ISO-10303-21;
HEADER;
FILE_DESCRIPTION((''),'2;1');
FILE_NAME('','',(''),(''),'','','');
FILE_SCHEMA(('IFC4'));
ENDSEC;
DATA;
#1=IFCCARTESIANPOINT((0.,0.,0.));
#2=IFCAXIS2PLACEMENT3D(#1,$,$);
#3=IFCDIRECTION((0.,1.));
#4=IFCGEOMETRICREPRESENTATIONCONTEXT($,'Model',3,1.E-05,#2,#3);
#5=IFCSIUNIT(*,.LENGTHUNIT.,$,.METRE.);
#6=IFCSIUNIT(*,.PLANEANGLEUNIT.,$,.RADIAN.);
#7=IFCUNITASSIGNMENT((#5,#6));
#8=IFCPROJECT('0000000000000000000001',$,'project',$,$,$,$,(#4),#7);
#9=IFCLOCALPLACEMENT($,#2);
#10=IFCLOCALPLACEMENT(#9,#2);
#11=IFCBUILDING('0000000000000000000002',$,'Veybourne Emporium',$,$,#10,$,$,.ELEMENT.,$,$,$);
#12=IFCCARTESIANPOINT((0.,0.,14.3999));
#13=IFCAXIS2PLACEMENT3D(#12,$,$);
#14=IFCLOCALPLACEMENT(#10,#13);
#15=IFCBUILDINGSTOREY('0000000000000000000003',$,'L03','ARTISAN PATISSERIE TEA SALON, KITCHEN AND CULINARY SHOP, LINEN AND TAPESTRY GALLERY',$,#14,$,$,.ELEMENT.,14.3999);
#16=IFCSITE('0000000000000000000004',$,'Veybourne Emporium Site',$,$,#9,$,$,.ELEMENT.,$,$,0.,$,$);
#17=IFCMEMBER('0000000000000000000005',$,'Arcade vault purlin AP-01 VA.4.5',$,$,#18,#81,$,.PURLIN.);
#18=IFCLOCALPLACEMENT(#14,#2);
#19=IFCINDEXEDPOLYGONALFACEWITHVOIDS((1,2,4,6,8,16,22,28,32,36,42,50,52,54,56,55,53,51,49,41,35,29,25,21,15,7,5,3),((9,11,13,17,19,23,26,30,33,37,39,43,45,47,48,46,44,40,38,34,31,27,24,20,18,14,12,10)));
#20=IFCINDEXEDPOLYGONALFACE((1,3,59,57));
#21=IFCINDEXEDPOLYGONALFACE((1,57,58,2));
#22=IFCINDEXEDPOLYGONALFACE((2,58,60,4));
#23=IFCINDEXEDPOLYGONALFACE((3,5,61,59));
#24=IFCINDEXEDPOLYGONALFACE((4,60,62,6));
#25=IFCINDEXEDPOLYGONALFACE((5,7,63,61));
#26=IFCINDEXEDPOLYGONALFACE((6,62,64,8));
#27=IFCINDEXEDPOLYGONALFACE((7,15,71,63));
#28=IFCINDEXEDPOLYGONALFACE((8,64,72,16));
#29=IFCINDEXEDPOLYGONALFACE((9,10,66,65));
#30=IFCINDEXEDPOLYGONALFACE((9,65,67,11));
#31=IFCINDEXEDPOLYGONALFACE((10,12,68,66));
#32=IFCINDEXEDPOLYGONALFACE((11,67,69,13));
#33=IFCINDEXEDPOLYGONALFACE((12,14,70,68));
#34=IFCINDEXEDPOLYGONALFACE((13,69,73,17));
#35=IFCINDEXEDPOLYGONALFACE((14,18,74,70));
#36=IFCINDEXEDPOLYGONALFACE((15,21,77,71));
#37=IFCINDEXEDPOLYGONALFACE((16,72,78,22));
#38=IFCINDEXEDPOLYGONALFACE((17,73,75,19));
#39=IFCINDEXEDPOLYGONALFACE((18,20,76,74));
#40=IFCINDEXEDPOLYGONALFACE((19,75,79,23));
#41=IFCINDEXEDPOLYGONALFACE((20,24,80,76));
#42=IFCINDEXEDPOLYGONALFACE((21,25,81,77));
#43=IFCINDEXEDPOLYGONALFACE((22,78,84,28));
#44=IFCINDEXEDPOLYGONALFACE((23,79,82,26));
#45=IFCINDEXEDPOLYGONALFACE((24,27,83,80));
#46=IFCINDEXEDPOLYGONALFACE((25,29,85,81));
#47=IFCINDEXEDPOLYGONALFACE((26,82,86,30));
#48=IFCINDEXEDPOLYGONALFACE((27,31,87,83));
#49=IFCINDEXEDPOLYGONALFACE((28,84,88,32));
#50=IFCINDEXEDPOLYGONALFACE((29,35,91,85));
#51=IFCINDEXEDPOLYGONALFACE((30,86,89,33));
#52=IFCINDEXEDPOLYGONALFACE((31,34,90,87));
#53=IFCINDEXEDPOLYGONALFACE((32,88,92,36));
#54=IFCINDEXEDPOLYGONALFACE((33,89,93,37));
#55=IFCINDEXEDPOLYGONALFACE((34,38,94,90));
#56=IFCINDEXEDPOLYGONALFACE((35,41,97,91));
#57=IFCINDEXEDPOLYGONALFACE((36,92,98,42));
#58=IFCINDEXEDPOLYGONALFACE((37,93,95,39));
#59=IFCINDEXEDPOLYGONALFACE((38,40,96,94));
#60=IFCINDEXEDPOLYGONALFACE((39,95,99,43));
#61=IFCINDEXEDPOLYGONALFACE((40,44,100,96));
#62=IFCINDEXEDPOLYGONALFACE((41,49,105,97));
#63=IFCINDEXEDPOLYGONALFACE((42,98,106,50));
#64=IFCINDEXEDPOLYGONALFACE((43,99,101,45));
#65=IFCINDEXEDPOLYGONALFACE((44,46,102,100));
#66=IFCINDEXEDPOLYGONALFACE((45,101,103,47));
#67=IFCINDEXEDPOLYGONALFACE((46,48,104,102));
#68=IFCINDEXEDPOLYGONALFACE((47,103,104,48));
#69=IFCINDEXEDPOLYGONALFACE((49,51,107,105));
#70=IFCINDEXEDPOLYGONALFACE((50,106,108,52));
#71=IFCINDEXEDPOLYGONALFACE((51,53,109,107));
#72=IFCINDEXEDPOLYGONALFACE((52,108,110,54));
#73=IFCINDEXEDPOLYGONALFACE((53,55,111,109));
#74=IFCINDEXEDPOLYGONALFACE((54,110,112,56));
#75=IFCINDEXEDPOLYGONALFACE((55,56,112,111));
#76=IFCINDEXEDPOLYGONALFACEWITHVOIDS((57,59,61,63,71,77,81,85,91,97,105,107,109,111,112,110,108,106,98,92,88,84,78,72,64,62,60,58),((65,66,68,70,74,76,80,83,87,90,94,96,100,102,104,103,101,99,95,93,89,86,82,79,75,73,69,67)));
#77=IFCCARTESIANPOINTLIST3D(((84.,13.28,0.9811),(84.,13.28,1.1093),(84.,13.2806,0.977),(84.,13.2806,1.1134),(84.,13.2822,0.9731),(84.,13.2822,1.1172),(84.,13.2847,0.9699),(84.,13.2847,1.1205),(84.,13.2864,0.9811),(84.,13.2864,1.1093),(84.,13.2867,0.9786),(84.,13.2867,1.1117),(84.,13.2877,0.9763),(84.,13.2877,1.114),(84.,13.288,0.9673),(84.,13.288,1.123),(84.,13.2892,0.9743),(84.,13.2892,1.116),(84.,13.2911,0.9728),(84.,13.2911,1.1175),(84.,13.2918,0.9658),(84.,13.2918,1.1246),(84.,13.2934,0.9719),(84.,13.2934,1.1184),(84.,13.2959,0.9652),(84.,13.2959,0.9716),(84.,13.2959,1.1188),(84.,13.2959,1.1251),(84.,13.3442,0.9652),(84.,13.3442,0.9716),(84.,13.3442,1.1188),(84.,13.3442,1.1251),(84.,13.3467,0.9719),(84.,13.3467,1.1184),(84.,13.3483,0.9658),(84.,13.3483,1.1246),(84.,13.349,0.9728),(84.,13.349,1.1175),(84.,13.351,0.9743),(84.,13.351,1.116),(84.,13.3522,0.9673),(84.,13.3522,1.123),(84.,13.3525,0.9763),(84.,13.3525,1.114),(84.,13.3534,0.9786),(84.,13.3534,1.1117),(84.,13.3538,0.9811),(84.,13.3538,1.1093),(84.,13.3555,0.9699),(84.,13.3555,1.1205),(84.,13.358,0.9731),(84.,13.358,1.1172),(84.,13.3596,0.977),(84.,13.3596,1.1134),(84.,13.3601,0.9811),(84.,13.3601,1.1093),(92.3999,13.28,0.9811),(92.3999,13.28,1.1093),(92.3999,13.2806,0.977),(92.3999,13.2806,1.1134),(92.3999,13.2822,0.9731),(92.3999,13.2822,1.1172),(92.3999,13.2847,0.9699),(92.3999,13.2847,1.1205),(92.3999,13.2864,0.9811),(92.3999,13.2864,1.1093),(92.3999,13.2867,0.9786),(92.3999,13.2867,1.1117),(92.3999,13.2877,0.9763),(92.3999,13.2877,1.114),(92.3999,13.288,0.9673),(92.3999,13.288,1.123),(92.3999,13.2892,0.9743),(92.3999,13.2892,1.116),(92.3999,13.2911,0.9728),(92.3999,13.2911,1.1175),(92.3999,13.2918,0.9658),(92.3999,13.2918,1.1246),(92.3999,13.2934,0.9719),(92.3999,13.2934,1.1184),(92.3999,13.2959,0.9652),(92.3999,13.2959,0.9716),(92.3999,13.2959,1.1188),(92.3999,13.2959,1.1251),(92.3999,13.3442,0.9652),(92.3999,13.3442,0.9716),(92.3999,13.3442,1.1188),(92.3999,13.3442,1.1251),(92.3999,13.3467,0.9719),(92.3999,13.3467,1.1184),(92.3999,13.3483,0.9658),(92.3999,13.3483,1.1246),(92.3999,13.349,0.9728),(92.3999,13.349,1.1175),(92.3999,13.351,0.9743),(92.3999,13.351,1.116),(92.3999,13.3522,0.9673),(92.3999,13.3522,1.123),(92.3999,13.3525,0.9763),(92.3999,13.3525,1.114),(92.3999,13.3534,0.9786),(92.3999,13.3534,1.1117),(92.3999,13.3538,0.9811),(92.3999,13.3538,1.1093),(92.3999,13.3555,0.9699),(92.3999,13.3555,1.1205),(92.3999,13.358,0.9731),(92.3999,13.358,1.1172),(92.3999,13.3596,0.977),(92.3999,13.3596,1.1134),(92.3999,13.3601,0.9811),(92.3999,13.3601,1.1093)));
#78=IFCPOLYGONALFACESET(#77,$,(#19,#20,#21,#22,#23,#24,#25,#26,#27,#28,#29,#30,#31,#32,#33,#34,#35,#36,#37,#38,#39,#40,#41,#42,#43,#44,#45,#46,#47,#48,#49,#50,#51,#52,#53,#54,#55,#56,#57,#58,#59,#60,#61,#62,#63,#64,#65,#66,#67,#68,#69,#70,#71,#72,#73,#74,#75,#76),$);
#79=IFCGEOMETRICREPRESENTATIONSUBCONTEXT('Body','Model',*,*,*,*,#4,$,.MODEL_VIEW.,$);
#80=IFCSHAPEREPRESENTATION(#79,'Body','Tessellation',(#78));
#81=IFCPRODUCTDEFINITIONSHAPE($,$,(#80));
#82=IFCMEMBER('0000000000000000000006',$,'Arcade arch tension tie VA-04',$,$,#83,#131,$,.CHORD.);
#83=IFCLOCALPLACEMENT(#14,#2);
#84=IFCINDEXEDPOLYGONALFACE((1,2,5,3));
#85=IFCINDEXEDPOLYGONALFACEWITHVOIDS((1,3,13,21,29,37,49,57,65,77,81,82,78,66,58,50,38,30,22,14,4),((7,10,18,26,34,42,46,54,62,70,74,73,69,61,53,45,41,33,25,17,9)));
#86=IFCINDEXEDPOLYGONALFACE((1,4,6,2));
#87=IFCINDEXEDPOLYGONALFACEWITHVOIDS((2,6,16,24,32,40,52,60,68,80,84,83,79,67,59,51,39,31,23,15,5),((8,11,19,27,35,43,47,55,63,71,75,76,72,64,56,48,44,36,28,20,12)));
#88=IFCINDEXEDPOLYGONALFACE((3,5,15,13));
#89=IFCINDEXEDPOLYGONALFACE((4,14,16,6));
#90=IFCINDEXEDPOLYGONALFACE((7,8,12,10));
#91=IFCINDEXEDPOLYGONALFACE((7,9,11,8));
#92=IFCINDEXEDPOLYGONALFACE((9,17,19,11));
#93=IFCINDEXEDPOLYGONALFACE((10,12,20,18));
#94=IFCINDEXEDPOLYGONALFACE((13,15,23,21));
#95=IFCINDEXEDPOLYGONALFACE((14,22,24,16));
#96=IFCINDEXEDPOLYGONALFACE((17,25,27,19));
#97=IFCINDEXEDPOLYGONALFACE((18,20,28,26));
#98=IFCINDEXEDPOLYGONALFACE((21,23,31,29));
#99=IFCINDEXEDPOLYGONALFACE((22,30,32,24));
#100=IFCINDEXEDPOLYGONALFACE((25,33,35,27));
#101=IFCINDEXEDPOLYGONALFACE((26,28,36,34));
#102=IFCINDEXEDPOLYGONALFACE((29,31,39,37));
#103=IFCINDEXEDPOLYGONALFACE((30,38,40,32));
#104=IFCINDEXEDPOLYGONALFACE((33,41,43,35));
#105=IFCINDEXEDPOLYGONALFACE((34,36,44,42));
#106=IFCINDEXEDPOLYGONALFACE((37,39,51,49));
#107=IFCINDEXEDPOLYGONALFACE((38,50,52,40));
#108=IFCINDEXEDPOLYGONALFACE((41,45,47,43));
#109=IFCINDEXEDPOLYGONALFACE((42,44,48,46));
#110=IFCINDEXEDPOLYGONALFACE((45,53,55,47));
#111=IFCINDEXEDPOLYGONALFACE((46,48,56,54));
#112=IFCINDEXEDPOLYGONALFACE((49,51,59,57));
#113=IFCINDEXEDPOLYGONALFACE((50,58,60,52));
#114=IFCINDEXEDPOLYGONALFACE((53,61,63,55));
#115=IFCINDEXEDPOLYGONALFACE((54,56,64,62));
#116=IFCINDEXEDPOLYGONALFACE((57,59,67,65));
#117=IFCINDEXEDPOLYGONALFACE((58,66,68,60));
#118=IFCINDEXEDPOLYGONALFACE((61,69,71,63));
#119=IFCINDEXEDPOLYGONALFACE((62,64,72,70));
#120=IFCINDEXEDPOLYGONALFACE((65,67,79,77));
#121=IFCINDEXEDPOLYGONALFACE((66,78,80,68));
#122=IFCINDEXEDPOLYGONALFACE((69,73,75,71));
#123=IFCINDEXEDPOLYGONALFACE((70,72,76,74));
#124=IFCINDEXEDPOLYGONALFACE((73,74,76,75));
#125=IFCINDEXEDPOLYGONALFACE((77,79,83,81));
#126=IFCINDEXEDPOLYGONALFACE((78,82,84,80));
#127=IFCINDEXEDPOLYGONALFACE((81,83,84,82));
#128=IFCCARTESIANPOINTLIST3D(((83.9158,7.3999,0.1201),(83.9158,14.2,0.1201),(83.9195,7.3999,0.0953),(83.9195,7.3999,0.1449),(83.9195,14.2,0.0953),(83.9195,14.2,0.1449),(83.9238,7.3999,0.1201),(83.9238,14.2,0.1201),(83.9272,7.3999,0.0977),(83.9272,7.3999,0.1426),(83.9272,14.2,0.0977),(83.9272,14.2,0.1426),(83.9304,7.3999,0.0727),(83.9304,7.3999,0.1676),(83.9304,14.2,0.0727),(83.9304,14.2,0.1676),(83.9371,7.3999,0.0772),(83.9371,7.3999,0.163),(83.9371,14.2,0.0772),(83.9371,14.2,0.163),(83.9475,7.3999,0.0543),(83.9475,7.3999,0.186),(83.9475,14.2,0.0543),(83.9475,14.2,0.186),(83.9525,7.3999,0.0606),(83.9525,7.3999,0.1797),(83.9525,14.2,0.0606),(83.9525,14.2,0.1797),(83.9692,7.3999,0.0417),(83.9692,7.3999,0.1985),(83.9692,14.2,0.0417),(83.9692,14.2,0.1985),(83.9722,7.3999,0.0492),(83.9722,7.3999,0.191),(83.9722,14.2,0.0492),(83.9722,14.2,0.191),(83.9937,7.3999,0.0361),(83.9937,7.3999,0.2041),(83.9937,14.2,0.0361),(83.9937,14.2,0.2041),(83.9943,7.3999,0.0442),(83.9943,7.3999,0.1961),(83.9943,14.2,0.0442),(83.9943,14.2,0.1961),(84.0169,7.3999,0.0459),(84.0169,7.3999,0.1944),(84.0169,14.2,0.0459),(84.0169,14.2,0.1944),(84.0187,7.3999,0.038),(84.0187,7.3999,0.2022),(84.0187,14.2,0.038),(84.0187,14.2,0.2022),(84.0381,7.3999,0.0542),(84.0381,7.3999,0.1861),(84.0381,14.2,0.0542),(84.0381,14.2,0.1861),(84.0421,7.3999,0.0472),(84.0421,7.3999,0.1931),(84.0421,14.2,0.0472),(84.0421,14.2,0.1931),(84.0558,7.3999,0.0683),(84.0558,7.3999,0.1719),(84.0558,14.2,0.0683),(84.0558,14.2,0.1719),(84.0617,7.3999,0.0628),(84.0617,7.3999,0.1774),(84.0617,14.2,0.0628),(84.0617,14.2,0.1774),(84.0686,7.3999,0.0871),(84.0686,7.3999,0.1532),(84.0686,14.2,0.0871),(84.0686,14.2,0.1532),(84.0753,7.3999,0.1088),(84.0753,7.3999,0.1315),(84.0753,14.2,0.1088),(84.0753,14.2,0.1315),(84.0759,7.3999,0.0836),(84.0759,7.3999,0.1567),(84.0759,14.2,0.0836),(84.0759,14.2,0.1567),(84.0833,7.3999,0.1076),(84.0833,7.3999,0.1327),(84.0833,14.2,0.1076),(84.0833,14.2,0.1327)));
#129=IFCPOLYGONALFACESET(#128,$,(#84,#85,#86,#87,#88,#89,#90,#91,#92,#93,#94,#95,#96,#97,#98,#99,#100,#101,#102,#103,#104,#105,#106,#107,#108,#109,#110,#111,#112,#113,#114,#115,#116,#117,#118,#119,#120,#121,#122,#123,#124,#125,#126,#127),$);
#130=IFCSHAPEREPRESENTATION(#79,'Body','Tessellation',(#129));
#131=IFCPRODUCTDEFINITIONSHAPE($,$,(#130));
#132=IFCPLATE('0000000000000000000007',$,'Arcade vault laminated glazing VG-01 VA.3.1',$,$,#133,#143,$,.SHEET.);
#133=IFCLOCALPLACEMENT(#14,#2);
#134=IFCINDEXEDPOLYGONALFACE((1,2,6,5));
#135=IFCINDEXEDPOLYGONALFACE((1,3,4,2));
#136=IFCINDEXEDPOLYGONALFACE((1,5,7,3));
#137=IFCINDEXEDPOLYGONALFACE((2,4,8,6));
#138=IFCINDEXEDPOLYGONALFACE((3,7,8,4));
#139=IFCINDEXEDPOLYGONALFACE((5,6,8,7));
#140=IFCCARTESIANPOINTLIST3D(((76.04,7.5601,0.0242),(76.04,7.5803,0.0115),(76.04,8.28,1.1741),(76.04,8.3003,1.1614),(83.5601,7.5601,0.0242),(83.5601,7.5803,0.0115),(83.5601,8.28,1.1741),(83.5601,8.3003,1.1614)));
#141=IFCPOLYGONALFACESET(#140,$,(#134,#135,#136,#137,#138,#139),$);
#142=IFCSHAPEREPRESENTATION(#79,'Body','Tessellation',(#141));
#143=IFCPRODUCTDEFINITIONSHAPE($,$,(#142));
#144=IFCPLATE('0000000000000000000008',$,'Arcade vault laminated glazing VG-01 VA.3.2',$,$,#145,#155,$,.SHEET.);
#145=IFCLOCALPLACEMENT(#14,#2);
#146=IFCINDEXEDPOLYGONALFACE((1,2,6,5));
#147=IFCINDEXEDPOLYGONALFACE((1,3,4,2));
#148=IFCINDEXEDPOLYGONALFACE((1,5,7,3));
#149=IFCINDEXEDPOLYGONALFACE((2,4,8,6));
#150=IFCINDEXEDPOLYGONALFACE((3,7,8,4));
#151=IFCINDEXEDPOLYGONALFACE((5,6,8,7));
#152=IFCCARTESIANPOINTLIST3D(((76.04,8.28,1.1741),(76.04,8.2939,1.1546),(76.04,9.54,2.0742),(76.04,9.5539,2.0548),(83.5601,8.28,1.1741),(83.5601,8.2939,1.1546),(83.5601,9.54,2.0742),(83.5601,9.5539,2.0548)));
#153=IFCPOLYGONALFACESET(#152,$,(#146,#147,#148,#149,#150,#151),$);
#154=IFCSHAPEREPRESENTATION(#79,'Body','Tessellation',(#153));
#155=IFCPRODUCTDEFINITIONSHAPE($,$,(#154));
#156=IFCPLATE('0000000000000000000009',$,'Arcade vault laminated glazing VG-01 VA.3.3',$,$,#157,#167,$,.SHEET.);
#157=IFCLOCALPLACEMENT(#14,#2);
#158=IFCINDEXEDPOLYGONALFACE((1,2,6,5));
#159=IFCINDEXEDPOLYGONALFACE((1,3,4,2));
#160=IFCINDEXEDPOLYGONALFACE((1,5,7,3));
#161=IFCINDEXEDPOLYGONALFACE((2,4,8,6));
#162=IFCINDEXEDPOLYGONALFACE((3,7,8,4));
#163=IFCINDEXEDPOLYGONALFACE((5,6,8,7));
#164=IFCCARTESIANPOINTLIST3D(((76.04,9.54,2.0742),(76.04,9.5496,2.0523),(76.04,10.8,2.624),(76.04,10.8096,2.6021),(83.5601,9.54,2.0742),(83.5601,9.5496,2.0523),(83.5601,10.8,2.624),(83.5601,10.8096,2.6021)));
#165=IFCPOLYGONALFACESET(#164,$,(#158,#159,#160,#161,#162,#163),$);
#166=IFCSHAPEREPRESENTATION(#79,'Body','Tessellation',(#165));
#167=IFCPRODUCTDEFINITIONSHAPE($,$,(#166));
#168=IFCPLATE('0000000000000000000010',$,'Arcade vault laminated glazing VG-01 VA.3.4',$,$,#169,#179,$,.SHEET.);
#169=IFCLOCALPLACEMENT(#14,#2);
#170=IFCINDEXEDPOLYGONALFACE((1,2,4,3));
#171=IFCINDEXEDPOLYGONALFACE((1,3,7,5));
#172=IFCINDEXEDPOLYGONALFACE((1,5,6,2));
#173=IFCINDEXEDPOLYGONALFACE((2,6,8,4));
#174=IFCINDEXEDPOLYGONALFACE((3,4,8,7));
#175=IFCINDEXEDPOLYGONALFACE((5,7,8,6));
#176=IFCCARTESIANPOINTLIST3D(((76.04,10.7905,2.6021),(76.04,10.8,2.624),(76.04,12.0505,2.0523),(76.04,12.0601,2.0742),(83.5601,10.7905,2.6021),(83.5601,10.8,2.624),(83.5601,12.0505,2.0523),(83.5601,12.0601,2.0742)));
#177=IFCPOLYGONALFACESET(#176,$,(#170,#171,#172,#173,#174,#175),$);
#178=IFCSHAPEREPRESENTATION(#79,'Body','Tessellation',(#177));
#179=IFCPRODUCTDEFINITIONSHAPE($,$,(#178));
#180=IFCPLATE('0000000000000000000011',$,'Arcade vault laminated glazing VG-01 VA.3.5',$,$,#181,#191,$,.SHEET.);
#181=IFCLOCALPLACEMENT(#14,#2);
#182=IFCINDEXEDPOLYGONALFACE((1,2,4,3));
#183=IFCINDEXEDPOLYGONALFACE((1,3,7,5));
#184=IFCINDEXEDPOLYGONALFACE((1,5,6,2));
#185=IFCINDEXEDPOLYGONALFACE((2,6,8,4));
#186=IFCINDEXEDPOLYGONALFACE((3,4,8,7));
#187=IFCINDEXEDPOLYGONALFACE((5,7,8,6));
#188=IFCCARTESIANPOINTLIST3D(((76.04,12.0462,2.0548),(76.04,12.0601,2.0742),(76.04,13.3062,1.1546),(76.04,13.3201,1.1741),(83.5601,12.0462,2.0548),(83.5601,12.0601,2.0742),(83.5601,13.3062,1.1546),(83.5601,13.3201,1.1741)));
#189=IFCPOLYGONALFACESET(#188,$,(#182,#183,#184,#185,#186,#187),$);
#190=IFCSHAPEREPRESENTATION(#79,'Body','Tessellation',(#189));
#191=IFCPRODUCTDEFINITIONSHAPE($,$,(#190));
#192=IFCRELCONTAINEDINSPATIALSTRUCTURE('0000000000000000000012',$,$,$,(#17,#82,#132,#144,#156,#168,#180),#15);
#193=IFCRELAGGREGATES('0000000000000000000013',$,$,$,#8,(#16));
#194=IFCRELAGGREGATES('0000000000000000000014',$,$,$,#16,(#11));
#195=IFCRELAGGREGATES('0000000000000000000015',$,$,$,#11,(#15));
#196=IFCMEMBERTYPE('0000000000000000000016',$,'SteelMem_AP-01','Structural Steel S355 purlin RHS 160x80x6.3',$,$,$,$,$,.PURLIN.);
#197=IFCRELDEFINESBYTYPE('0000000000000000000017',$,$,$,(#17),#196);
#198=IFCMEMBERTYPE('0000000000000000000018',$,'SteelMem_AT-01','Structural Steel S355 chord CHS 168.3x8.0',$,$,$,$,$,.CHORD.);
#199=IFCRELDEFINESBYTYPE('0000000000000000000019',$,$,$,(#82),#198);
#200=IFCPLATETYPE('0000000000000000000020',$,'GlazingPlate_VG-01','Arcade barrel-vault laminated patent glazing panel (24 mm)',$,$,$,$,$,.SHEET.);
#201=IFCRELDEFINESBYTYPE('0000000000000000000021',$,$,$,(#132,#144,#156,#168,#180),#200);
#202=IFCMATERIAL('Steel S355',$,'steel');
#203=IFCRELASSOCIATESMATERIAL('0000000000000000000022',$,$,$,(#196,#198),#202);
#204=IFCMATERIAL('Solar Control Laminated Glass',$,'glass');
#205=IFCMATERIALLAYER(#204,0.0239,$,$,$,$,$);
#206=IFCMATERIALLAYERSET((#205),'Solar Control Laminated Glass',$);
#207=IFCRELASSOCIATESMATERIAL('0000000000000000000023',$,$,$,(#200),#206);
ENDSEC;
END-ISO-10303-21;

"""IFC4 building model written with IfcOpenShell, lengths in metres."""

from ifc_helpers import new_model, si_unit, direction, frame, origin, origin_2d, place, context, subcontext, project, spatial, polyline, hollow_rectangle, hollow_circle, outline, extrude, material, layer, layer_set, material_profile, profile_set, type_object, element, save


model = new_model("IFC4")

# Units and contexts
model_context = context("Model", 3, precision=1e-05, world=origin(), true_north=direction((0.0, 1.0)))
body_context = subcontext(model_context, "Body", "Model", "MODEL_VIEW")
ifc_project = project(units=[si_unit("LENGTHUNIT", "METRE"), si_unit("PLANEANGLEUNIT", "RADIAN")], contexts=[model_context])

# Site, building, storey
site_placement = place(None, origin())
site = spatial("IfcSite", under=ifc_project, at=site_placement, Name="Veybourne Emporium Site", CompositionType="ELEMENT", RefElevation=0.0)
building_placement = place(site_placement, origin())
building = spatial("IfcBuilding", under=site, at=building_placement, Name="Veybourne Emporium", CompositionType="ELEMENT")
storey_placement = place(building_placement, frame((0.0, 0.0, 14.3999)))
storey = spatial("IfcBuildingStorey", under=building, at=storey_placement, Name="L03", Description="ARTISAN PATISSERIE TEA SALON, KITCHEN AND CULINARY SHOP, LINEN AND TAPESTRY GALLERY", CompositionType="ELEMENT", Elevation=14.3999)

# Shared definitions
ifc_material_1 = material(Name="Steel S355", Category="steel")

# Members
ifc_material_profile_1 = material_profile(ifc_material_1, hollow_rectangle(XDim=0.0801, YDim=0.1599, WallThickness=0.0063, InnerFilletRadius=0.0095, OuterFilletRadius=0.0159, at=origin_2d()), Name="RHS 160x80x6.3")
ifc_profile_set_1 = profile_set([ifc_material_profile_1], Name="Steel S355")
member_type_1 = type_object("IfcMemberType", Name="SteelMem_AP-01", Description="Structural Steel S355 purlin RHS 160x80x6.3", PredefinedType="PURLIN", material=ifc_profile_set_1)
for number, where, z_axis, x_axis, name in (
    (1, (84.0, 13.3201, 1.0452), (1.0, 0.0, 0.0), (0.0, 1.0, 0.0), "Arcade vault purlin AP-01 VA.4.5"),
):
    element("IfcMember", number, at=place(storey_placement, frame(where, z_axis=z_axis, x_axis=x_axis)), inside=storey, type_object=member_type_1, Name=name, PredefinedType="PURLIN", context=body_context, shape_type="SweptSolid", body=[
        extrude(hollow_rectangle(XDim=0.0801, YDim=0.1599, WallThickness=0.0063, InnerFilletRadius=0.0095, OuterFilletRadius=0.0159, at=origin_2d()), origin(), (0.0, 0.0, 1.0), 8.3999),
    ])
ifc_material_profile_2 = material_profile(ifc_material_1, hollow_circle(Radius=0.0842, WallThickness=0.0081, at=origin_2d()), Name="CHS 168.3x8.0")
ifc_profile_set_2 = profile_set([ifc_material_profile_2], Name="Steel S355")
member_type_2 = type_object("IfcMemberType", Name="SteelMem_AT-01", Description="Structural Steel S355 chord CHS 168.3x8.0", PredefinedType="CHORD", material=ifc_profile_set_2)
member_placement = place(storey_placement, frame((84.0, 7.3999, 0.1201), z_axis=(0.0, 1.0, 0.0), x_axis=(-1.0, 0.0, 0.0)))
element("IfcMember", 2, at=member_placement, inside=storey, type_object=member_type_2, Name="Arcade arch tension tie VA-04", PredefinedType="CHORD", context=body_context, shape_type="SweptSolid", body=[
    extrude(hollow_circle(Radius=0.0842, WallThickness=0.0081, at=origin_2d()), origin(), (0.0, 0.0, 1.0), 6.8),
])

# Plates
ifc_material_2 = material(Name="Solar Control Laminated Glass", Category="glass")
ifc_layer_1 = layer(ifc_material_2, 0.0239)
ifc_layer_set_1 = layer_set([ifc_layer_1], Name="Solar Control Laminated Glass")
plate_type_1 = type_object("IfcPlateType", Name="GlazingPlate_VG-01", Description="Arcade barrel-vault laminated patent glazing panel (24 mm)", PredefinedType="SHEET", material=ifc_layer_set_1)
plate_1_placement = place(storey_placement, frame((76.04, 7.5601, 0.0242), z_axis=(0.0, -0.847573, 0.530678), x_axis=(1.0, 0.0, 0.0)))
element("IfcPlate", 3, at=plate_1_placement, inside=storey, type_object=plate_type_1, Name="Arcade vault laminated glazing VG-01 VA.3.1", PredefinedType="SHEET", context=body_context, shape_type="SweptSolid", body=[
    extrude(outline(polyline([(0.0, 0.0), (7.52, 0.0), (7.52, 1.3567), (0.0, 1.3567), (0.0, 0.0)])), origin(), (0.0, 0.0, -1.0), 0.0239),
])
plate_2_placement = place(storey_placement, frame((76.04, 8.28, 1.1741), z_axis=(0.0, -0.581298, 0.813691), x_axis=(1.0, 0.0, 0.0)))
element("IfcPlate", 4, at=plate_2_placement, inside=storey, type_object=plate_type_1, Name="Arcade vault laminated glazing VG-01 VA.3.2", PredefinedType="SHEET", context=body_context, shape_type="SweptSolid", body=[
    extrude(outline(polyline([(0.0, 0.0), (7.52, 0.0), (7.52, 1.5485), (0.0, 1.5485), (0.0, 0.0)])), origin(), (0.0, 0.0, -1.0), 0.0239),
])
for number, where, z_axis, x_axis, name in (
    (5, (76.04, 9.54, 2.0742), (0.0, -0.399934, 0.916544), (1.0, 0.0, 0.0), "Arcade vault laminated glazing VG-01 VA.3.3"),
    (6, (76.04, 10.8, 2.624), (0.0, 0.399934, 0.916544), (1.0, 0.0, 0.0), "Arcade vault laminated glazing VG-01 VA.3.4"),
):
    element("IfcPlate", number, at=place(storey_placement, frame(where, z_axis=z_axis, x_axis=x_axis)), inside=storey, type_object=plate_type_1, Name=name, PredefinedType="SHEET", context=body_context, shape_type="SweptSolid", body=[
        extrude(outline(polyline([(0.0, 0.0), (7.52, 0.0), (7.52, 1.3747), (0.0, 1.3747), (0.0, 0.0)])), origin(), (0.0, 0.0, -1.0), 0.0239),
    ])
plate_3_placement = place(storey_placement, frame((76.04, 12.0601, 2.0742), z_axis=(0.0, 0.581298, 0.813691), x_axis=(1.0, 0.0, 0.0)))
element("IfcPlate", 7, at=plate_3_placement, inside=storey, type_object=plate_type_1, Name="Arcade vault laminated glazing VG-01 VA.3.5", PredefinedType="SHEET", context=body_context, shape_type="SweptSolid", body=[
    extrude(outline(polyline([(0.0, 0.0), (7.52, 0.0), (7.52, 1.5485), (0.0, 1.5485), (0.0, 0.0)])), origin(), (0.0, 0.0, -1.0), 0.0239),
])

save(model, "model.ifc")
